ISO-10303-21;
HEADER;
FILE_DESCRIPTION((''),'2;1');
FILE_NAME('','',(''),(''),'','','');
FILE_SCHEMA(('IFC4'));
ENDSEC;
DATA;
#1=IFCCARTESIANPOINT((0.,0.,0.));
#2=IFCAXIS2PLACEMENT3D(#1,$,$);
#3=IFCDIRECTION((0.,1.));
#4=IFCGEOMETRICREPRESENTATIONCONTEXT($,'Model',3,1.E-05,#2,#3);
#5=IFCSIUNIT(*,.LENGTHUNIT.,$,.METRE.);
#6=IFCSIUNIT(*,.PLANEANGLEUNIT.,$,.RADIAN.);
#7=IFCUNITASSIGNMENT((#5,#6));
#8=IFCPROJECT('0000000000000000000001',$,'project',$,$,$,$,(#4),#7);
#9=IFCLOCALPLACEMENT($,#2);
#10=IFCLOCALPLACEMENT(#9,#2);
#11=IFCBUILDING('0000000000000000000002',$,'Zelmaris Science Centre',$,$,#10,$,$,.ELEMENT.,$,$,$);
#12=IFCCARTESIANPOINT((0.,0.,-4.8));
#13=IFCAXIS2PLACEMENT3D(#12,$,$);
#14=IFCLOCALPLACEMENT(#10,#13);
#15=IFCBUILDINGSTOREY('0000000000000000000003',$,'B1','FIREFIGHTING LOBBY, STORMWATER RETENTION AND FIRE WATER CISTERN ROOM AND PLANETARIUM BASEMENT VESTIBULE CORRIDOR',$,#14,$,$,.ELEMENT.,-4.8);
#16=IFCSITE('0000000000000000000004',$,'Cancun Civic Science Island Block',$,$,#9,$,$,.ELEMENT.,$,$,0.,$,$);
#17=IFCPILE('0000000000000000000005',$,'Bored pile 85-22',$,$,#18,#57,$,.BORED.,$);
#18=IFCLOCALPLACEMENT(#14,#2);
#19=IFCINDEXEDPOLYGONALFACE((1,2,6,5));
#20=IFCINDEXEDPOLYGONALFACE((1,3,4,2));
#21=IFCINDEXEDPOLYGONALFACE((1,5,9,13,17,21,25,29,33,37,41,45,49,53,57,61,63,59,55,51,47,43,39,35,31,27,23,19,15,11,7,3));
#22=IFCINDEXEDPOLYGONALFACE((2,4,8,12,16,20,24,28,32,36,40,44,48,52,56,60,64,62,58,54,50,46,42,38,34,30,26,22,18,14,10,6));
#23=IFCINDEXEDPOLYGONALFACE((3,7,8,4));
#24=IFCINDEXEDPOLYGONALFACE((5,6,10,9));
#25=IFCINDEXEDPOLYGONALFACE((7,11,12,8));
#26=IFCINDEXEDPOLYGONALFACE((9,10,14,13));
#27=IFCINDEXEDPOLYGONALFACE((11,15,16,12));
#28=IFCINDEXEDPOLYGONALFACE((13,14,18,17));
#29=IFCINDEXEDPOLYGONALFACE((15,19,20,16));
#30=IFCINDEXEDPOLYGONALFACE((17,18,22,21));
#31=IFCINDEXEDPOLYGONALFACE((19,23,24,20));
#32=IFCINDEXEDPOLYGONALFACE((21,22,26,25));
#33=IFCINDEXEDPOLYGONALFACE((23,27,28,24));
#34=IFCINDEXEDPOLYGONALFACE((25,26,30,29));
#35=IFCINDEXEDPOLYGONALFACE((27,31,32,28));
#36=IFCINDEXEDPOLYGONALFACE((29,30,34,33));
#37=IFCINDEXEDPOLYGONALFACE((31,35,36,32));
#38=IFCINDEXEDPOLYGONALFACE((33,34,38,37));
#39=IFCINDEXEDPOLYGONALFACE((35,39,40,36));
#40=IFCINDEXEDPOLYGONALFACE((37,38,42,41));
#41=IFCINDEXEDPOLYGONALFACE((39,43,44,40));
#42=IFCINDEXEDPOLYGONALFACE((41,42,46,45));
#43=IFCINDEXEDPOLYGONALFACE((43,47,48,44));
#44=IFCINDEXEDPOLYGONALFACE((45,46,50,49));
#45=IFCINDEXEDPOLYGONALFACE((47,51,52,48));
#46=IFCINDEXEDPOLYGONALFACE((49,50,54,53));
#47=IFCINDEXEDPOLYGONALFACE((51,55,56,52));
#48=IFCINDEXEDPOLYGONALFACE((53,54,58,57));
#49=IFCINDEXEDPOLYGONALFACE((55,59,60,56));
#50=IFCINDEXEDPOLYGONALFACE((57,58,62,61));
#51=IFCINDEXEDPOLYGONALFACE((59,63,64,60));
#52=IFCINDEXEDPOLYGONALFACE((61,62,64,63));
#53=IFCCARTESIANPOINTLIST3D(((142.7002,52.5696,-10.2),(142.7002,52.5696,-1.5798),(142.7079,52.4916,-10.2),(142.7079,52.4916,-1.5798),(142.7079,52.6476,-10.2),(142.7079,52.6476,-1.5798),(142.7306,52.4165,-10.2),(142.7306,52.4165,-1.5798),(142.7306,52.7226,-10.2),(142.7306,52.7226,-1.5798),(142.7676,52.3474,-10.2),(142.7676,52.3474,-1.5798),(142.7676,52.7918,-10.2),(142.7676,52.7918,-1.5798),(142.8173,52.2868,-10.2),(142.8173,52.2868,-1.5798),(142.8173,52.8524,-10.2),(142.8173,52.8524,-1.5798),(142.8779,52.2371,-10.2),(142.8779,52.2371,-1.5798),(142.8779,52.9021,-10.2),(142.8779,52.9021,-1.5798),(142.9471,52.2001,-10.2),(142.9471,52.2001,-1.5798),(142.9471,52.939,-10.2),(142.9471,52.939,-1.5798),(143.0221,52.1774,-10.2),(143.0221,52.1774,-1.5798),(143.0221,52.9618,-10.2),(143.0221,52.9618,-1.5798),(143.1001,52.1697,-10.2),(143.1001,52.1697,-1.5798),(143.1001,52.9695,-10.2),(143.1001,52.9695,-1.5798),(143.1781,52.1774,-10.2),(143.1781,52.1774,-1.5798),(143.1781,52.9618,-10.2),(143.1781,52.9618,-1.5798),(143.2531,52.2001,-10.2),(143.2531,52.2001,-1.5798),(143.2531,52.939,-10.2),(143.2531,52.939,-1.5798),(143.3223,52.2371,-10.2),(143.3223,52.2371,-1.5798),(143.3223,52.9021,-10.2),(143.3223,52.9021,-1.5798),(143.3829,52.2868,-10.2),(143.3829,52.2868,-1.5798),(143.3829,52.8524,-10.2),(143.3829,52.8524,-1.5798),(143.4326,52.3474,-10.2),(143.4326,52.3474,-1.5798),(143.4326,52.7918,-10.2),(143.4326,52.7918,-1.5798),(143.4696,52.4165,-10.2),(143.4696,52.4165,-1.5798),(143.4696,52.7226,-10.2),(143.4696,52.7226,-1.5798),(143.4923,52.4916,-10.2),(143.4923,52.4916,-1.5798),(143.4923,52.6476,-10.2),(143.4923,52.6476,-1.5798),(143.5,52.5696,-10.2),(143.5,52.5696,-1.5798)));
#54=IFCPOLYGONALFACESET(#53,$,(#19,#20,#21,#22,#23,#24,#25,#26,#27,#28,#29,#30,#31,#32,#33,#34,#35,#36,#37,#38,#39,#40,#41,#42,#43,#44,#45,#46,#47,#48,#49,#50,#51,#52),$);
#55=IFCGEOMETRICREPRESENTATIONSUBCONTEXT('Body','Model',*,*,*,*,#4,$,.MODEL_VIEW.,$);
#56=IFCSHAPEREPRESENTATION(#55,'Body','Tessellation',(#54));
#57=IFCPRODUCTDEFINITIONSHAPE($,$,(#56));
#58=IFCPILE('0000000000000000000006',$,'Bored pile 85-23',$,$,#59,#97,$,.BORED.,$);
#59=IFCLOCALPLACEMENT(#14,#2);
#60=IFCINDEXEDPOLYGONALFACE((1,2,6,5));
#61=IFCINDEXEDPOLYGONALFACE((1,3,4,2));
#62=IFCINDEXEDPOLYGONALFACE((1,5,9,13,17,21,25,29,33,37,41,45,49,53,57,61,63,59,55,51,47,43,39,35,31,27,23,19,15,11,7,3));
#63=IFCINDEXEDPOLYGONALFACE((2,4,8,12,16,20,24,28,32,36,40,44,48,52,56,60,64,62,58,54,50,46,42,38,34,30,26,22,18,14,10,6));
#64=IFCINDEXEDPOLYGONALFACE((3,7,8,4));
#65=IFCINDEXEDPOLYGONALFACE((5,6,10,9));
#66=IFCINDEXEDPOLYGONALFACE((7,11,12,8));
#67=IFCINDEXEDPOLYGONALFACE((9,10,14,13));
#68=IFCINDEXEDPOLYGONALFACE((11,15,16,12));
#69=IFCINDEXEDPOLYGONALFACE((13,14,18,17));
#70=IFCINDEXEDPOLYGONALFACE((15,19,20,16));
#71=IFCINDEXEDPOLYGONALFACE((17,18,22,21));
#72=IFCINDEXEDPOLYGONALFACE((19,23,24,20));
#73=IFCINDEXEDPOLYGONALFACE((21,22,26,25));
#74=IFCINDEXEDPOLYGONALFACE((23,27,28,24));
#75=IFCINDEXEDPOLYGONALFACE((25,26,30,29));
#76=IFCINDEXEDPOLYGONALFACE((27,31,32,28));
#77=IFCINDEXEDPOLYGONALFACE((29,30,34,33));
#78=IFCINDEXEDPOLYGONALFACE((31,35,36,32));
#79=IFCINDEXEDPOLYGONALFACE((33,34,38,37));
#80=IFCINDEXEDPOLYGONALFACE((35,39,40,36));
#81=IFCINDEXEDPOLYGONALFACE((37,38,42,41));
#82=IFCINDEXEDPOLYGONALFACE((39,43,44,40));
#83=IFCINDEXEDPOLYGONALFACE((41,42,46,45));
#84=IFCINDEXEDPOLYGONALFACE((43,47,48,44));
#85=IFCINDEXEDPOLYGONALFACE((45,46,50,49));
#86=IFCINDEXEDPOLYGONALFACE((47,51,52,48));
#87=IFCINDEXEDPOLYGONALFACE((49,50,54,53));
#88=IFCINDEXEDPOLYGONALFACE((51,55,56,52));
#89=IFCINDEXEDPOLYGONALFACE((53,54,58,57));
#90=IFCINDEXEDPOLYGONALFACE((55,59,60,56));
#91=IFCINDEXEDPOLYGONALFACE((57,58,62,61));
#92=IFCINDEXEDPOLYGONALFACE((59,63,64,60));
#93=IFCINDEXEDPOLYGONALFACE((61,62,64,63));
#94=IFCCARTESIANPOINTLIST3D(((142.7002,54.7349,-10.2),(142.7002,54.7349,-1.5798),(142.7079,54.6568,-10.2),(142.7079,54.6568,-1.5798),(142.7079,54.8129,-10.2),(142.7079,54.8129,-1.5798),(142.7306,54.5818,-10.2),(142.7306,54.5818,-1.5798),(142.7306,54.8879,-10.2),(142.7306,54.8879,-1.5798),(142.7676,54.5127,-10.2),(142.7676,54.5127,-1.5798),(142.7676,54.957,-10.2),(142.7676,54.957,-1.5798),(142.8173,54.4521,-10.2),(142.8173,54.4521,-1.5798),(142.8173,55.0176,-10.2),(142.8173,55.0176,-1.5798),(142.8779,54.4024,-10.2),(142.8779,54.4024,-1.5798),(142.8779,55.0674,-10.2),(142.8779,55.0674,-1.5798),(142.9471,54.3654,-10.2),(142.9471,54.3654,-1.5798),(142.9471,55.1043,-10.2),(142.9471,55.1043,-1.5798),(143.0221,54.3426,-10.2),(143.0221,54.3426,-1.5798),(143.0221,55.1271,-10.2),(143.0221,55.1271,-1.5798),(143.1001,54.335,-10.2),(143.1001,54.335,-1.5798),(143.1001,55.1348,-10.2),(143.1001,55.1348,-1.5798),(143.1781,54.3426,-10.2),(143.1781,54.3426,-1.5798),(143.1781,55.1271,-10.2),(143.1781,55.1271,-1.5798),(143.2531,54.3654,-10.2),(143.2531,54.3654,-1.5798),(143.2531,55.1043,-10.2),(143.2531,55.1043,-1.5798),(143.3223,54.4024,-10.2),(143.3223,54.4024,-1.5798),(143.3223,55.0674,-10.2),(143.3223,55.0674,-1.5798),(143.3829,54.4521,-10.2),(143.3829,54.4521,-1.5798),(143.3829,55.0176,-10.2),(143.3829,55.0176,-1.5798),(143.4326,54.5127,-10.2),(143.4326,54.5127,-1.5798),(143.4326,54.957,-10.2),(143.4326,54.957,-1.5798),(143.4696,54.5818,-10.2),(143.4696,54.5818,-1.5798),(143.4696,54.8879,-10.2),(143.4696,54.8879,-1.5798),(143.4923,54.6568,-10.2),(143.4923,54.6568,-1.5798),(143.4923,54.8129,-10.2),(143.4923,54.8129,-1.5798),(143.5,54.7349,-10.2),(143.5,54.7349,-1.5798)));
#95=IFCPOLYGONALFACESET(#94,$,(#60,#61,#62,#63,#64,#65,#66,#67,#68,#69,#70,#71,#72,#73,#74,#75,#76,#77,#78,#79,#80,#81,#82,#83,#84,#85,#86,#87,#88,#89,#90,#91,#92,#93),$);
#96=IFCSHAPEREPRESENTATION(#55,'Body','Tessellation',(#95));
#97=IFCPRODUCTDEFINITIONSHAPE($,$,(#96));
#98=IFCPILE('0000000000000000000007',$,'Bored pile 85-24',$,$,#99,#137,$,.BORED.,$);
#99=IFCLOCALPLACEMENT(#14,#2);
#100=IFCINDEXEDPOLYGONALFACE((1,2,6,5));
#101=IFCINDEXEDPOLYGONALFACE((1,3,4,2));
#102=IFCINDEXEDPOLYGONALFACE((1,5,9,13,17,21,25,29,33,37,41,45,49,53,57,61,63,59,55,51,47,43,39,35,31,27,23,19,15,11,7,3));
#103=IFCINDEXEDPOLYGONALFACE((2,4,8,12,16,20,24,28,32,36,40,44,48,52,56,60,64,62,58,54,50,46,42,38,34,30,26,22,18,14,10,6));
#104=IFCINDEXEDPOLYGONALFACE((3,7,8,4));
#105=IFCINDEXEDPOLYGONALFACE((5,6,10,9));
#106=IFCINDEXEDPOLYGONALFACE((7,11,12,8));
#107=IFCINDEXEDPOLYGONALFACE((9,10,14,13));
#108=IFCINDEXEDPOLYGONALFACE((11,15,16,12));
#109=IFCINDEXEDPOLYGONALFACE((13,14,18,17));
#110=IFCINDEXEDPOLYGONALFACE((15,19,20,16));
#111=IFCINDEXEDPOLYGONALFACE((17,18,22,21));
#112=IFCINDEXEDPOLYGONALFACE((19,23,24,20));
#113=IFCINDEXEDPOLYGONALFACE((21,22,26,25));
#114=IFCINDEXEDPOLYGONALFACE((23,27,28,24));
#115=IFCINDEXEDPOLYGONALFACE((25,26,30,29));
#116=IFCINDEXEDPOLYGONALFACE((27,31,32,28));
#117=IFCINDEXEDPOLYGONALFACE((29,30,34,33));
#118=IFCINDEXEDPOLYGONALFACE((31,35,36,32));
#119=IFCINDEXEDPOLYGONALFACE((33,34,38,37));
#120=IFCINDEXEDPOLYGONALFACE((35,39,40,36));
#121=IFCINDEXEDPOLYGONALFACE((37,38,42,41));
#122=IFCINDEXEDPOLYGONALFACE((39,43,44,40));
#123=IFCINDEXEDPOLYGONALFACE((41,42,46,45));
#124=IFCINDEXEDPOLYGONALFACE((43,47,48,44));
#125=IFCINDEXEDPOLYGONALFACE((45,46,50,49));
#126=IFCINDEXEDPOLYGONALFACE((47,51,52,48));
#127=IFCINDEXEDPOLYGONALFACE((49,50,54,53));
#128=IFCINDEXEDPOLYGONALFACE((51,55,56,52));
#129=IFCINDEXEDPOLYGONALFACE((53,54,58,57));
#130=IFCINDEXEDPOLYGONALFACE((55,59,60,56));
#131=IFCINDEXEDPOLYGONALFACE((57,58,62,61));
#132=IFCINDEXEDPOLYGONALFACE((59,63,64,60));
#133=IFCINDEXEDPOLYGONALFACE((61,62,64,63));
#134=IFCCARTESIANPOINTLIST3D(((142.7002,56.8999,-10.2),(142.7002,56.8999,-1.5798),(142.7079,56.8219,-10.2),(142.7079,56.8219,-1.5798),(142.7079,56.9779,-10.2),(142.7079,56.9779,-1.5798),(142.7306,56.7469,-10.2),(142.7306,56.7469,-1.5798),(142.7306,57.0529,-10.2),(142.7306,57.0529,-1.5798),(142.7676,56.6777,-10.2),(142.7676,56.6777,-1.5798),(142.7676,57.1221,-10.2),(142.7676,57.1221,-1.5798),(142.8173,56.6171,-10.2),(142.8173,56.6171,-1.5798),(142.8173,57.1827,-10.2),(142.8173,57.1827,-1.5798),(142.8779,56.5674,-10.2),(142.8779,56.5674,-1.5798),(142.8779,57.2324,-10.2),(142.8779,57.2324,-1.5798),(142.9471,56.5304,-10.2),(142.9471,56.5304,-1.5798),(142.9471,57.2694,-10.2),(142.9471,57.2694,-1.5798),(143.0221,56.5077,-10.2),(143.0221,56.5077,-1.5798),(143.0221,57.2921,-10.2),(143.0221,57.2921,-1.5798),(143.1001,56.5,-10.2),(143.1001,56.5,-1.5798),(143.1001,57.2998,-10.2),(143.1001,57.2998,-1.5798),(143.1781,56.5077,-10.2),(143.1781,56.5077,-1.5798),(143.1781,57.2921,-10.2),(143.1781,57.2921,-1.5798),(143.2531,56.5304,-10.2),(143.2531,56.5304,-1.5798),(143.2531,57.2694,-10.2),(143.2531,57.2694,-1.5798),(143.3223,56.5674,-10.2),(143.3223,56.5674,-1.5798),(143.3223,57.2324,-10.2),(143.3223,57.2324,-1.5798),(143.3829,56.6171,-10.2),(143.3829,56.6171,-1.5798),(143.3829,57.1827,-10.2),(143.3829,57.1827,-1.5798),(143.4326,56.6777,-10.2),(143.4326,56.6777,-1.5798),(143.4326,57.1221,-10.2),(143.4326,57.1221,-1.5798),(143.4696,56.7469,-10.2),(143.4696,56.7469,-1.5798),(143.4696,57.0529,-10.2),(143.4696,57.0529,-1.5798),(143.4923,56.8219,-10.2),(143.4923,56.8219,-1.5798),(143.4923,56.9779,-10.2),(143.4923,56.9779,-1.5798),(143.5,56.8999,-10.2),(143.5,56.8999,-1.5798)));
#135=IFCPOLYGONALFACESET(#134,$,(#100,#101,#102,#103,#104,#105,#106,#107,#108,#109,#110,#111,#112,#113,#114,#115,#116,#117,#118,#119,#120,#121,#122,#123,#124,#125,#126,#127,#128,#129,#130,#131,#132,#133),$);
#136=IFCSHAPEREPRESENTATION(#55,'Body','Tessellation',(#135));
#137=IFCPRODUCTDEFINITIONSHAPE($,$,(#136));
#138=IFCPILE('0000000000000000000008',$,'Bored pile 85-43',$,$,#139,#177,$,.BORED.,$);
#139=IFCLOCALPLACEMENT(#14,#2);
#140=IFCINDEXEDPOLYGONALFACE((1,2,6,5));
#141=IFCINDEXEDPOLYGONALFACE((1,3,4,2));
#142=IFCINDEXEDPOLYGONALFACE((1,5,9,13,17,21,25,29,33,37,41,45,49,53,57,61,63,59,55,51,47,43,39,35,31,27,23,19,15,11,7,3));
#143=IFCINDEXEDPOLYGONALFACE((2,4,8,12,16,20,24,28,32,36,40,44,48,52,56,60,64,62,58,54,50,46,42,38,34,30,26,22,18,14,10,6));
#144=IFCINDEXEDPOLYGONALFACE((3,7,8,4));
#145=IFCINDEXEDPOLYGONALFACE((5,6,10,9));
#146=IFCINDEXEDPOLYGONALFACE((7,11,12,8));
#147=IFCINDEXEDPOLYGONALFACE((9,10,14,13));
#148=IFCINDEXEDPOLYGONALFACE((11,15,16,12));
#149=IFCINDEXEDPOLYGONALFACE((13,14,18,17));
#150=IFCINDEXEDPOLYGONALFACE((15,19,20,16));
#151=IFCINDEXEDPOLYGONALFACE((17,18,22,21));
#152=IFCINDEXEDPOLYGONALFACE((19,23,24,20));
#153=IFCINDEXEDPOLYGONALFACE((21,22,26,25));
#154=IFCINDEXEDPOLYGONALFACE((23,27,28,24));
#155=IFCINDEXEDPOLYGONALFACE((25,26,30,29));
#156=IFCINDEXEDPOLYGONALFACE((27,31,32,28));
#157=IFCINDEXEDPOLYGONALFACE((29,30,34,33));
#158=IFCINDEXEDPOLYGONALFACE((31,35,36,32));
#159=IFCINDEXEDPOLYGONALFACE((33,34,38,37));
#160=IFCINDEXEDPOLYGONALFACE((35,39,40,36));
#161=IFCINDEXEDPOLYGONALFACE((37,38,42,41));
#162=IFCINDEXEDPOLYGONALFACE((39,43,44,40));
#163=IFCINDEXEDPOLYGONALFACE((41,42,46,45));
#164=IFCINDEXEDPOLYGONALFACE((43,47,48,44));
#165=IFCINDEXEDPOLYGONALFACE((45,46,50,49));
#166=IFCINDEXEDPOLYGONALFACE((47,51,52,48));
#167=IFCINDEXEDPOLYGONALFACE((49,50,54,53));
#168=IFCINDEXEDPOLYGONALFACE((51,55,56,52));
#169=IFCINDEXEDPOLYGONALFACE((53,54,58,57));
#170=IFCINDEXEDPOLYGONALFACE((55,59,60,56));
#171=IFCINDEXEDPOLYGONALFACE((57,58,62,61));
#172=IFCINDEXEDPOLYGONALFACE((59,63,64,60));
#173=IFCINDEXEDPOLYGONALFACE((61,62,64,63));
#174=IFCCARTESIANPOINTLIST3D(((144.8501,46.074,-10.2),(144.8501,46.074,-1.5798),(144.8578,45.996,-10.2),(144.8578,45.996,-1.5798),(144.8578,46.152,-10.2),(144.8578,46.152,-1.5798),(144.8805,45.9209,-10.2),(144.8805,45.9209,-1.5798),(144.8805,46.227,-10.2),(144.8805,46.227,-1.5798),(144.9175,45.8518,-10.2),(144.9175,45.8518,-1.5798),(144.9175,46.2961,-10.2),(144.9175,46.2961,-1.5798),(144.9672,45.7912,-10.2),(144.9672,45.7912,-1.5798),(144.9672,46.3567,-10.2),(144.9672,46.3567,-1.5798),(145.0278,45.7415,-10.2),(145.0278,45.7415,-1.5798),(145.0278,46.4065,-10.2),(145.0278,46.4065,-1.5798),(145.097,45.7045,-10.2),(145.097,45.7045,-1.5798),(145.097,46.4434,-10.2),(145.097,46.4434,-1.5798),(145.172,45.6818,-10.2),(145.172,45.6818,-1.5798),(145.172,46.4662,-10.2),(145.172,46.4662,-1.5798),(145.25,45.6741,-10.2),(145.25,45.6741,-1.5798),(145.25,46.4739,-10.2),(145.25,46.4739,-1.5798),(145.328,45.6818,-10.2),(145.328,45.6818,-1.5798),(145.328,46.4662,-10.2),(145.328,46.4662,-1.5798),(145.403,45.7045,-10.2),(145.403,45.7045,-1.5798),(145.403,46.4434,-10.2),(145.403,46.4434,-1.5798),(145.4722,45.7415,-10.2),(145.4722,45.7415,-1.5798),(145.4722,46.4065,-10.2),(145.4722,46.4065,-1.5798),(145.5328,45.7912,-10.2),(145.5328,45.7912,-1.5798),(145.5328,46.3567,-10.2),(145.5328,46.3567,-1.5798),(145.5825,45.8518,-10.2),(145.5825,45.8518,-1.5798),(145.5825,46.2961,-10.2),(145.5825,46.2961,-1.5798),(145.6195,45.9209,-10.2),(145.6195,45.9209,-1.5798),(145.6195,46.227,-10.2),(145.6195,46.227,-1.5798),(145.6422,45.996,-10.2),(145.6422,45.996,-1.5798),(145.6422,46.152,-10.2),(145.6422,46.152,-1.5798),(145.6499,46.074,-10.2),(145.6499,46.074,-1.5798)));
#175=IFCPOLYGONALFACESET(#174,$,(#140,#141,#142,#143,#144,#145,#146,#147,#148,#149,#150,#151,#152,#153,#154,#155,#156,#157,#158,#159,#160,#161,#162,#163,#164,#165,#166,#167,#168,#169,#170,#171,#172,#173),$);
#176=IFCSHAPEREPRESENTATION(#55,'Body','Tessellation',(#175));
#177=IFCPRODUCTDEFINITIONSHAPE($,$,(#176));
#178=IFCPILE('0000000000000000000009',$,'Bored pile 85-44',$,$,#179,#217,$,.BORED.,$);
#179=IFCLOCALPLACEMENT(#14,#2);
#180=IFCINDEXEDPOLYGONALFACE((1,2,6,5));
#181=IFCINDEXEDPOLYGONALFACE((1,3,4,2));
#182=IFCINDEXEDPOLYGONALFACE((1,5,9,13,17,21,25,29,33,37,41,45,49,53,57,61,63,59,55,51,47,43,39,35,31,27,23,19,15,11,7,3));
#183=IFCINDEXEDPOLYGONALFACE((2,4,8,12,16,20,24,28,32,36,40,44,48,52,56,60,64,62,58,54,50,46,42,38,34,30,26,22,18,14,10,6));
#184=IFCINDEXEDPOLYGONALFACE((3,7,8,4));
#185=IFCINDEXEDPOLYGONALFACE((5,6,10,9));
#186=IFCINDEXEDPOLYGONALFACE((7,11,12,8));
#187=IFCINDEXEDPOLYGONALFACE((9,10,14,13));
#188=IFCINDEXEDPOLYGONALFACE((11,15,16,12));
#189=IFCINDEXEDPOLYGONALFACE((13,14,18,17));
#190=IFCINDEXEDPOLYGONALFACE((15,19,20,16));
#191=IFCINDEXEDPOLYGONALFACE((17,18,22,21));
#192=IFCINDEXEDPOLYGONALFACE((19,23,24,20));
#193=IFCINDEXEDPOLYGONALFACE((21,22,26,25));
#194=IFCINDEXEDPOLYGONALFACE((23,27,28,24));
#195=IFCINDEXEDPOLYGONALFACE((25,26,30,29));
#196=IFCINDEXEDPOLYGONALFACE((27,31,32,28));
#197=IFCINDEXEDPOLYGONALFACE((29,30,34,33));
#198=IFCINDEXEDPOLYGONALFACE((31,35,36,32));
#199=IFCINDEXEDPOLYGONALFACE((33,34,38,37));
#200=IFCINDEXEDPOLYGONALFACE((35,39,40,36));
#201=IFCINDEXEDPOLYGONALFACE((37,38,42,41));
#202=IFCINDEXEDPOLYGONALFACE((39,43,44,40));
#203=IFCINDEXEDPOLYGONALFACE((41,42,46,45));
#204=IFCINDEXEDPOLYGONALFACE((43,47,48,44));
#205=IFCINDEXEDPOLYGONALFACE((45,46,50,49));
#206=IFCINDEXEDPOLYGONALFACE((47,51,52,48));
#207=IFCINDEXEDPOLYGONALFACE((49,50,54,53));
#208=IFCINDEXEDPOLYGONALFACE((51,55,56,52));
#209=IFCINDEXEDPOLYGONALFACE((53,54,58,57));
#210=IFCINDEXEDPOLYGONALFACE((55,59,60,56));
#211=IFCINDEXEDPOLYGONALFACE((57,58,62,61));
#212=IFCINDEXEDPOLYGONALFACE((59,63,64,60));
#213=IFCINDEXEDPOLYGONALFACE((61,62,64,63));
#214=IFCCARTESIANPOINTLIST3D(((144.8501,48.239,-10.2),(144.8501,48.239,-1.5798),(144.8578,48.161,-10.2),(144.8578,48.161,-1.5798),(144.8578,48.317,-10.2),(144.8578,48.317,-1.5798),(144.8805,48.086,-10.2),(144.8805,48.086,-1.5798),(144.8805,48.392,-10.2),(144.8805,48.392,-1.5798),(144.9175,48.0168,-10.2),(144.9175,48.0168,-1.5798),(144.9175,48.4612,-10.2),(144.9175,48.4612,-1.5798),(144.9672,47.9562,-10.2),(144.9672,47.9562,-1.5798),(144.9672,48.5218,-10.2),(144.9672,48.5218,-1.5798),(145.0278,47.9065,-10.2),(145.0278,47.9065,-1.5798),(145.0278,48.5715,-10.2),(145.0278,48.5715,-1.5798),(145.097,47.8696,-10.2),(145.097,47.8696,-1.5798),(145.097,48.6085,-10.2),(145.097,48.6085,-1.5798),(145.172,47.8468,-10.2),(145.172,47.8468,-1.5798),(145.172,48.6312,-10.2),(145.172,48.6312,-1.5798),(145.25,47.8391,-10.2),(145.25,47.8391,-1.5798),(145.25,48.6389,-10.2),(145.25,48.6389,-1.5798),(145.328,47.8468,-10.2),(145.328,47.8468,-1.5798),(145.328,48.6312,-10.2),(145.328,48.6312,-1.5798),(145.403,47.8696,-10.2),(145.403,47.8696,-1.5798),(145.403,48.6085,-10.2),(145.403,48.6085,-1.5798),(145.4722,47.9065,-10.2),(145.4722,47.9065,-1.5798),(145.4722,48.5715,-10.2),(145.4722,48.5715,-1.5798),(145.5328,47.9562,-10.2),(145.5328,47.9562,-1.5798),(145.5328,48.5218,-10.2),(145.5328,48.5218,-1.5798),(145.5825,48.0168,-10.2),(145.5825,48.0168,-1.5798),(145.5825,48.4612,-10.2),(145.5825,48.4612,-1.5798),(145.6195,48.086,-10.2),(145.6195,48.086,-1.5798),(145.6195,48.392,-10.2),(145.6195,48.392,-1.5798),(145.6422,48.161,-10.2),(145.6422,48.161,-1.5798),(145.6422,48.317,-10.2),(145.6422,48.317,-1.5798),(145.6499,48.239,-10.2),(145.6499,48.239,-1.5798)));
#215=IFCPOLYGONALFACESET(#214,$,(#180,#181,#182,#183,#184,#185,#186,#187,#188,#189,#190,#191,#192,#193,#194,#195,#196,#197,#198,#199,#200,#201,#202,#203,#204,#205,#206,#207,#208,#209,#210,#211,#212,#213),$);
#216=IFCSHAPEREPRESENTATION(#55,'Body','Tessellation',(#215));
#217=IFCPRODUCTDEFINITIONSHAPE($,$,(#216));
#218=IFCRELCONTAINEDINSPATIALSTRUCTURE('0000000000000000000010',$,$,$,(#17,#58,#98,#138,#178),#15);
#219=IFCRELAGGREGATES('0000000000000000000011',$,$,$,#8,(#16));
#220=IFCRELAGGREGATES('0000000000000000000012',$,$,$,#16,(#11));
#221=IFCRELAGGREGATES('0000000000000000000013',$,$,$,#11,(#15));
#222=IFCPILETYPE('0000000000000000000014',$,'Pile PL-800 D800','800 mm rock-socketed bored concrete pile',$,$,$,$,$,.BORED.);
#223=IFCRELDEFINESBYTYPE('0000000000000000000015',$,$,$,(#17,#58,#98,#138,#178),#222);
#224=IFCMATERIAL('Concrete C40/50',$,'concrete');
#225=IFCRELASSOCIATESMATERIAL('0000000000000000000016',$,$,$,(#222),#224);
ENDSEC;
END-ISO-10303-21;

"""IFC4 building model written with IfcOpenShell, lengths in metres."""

from ifc_helpers import new_model, si_unit, direction, frame, origin, origin_2d, place, context, subcontext, project, spatial, circle, extrude, material, material_profile, profile_set, type_object, element, save


model = new_model("IFC4")

# Units and contexts
model_context = context("Model", 3, precision=1e-05, world=origin(), true_north=direction((0.0, 1.0)))
body_context = subcontext(model_context, "Body", "Model", "MODEL_VIEW")
ifc_project = project(units=[si_unit("LENGTHUNIT", "METRE"), si_unit("PLANEANGLEUNIT", "RADIAN")], contexts=[model_context])

# Site, building, storey
site_placement = place(None, origin())
site = spatial("IfcSite", under=ifc_project, at=site_placement, Name="Cancun Civic Science Island Block", CompositionType="ELEMENT", RefElevation=0.0)
building_placement = place(site_placement, origin())
building = spatial("IfcBuilding", under=site, at=building_placement, Name="Zelmaris Science Centre", CompositionType="ELEMENT")
storey_placement = place(building_placement, frame((0.0, 0.0, -4.8)))
storey = spatial("IfcBuildingStorey", under=building, at=storey_placement, Name="B1", Description="FIREFIGHTING LOBBY, STORMWATER RETENTION AND FIRE WATER CISTERN ROOM AND PLANETARIUM BASEMENT VESTIBULE CORRIDOR", CompositionType="ELEMENT", Elevation=-4.8)

# Shared definitions
ifc_material_1 = material(Name="Concrete C40/50", Category="concrete")

# Piles
ifc_material_profile_1 = material_profile(ifc_material_1, circle(Radius=0.3999, at=origin_2d()), Name="PILE-800")
ifc_profile_set_1 = profile_set([ifc_material_profile_1], Name="Concrete C40/50")
pile_type_1 = type_object("IfcPileType", Name="Pile PL-800 D800", Description="800 mm rock-socketed bored concrete pile", PredefinedType="BORED", material=ifc_profile_set_1)
for number, where, z_axis, x_axis, name in (
    (1, (143.1001, 52.5696, -1.5798), (0.0, 0.0, -1.0), (1.0, 0.0, 0.0), "Bored pile 85-22"),
    (2, (143.1001, 54.7349, -1.5798), (0.0, 0.0, -1.0), (1.0, 0.0, 0.0), "Bored pile 85-23"),
    (3, (143.1001, 56.8999, -1.5798), (0.0, 0.0, -1.0), (1.0, 0.0, 0.0), "Bored pile 85-24"),
    (4, (145.25, 46.074, -1.5798), (0.0, 0.0, -1.0), (1.0, 0.0, 0.0), "Bored pile 85-43"),
    (5, (145.25, 48.239, -1.5798), (0.0, 0.0, -1.0), (1.0, 0.0, 0.0), "Bored pile 85-44"),
):
    element("IfcPile", number, at=place(storey_placement, frame(where, z_axis=z_axis, x_axis=x_axis)), inside=storey, type_object=pile_type_1, Name=name, PredefinedType="BORED", context=body_context, shape_type="SweptSolid", body=[
        extrude(circle(Radius=0.3999, at=origin_2d()), origin(), (0.0, 0.0, 1.0), 8.6201),
    ])

save(model, "model.ifc")
